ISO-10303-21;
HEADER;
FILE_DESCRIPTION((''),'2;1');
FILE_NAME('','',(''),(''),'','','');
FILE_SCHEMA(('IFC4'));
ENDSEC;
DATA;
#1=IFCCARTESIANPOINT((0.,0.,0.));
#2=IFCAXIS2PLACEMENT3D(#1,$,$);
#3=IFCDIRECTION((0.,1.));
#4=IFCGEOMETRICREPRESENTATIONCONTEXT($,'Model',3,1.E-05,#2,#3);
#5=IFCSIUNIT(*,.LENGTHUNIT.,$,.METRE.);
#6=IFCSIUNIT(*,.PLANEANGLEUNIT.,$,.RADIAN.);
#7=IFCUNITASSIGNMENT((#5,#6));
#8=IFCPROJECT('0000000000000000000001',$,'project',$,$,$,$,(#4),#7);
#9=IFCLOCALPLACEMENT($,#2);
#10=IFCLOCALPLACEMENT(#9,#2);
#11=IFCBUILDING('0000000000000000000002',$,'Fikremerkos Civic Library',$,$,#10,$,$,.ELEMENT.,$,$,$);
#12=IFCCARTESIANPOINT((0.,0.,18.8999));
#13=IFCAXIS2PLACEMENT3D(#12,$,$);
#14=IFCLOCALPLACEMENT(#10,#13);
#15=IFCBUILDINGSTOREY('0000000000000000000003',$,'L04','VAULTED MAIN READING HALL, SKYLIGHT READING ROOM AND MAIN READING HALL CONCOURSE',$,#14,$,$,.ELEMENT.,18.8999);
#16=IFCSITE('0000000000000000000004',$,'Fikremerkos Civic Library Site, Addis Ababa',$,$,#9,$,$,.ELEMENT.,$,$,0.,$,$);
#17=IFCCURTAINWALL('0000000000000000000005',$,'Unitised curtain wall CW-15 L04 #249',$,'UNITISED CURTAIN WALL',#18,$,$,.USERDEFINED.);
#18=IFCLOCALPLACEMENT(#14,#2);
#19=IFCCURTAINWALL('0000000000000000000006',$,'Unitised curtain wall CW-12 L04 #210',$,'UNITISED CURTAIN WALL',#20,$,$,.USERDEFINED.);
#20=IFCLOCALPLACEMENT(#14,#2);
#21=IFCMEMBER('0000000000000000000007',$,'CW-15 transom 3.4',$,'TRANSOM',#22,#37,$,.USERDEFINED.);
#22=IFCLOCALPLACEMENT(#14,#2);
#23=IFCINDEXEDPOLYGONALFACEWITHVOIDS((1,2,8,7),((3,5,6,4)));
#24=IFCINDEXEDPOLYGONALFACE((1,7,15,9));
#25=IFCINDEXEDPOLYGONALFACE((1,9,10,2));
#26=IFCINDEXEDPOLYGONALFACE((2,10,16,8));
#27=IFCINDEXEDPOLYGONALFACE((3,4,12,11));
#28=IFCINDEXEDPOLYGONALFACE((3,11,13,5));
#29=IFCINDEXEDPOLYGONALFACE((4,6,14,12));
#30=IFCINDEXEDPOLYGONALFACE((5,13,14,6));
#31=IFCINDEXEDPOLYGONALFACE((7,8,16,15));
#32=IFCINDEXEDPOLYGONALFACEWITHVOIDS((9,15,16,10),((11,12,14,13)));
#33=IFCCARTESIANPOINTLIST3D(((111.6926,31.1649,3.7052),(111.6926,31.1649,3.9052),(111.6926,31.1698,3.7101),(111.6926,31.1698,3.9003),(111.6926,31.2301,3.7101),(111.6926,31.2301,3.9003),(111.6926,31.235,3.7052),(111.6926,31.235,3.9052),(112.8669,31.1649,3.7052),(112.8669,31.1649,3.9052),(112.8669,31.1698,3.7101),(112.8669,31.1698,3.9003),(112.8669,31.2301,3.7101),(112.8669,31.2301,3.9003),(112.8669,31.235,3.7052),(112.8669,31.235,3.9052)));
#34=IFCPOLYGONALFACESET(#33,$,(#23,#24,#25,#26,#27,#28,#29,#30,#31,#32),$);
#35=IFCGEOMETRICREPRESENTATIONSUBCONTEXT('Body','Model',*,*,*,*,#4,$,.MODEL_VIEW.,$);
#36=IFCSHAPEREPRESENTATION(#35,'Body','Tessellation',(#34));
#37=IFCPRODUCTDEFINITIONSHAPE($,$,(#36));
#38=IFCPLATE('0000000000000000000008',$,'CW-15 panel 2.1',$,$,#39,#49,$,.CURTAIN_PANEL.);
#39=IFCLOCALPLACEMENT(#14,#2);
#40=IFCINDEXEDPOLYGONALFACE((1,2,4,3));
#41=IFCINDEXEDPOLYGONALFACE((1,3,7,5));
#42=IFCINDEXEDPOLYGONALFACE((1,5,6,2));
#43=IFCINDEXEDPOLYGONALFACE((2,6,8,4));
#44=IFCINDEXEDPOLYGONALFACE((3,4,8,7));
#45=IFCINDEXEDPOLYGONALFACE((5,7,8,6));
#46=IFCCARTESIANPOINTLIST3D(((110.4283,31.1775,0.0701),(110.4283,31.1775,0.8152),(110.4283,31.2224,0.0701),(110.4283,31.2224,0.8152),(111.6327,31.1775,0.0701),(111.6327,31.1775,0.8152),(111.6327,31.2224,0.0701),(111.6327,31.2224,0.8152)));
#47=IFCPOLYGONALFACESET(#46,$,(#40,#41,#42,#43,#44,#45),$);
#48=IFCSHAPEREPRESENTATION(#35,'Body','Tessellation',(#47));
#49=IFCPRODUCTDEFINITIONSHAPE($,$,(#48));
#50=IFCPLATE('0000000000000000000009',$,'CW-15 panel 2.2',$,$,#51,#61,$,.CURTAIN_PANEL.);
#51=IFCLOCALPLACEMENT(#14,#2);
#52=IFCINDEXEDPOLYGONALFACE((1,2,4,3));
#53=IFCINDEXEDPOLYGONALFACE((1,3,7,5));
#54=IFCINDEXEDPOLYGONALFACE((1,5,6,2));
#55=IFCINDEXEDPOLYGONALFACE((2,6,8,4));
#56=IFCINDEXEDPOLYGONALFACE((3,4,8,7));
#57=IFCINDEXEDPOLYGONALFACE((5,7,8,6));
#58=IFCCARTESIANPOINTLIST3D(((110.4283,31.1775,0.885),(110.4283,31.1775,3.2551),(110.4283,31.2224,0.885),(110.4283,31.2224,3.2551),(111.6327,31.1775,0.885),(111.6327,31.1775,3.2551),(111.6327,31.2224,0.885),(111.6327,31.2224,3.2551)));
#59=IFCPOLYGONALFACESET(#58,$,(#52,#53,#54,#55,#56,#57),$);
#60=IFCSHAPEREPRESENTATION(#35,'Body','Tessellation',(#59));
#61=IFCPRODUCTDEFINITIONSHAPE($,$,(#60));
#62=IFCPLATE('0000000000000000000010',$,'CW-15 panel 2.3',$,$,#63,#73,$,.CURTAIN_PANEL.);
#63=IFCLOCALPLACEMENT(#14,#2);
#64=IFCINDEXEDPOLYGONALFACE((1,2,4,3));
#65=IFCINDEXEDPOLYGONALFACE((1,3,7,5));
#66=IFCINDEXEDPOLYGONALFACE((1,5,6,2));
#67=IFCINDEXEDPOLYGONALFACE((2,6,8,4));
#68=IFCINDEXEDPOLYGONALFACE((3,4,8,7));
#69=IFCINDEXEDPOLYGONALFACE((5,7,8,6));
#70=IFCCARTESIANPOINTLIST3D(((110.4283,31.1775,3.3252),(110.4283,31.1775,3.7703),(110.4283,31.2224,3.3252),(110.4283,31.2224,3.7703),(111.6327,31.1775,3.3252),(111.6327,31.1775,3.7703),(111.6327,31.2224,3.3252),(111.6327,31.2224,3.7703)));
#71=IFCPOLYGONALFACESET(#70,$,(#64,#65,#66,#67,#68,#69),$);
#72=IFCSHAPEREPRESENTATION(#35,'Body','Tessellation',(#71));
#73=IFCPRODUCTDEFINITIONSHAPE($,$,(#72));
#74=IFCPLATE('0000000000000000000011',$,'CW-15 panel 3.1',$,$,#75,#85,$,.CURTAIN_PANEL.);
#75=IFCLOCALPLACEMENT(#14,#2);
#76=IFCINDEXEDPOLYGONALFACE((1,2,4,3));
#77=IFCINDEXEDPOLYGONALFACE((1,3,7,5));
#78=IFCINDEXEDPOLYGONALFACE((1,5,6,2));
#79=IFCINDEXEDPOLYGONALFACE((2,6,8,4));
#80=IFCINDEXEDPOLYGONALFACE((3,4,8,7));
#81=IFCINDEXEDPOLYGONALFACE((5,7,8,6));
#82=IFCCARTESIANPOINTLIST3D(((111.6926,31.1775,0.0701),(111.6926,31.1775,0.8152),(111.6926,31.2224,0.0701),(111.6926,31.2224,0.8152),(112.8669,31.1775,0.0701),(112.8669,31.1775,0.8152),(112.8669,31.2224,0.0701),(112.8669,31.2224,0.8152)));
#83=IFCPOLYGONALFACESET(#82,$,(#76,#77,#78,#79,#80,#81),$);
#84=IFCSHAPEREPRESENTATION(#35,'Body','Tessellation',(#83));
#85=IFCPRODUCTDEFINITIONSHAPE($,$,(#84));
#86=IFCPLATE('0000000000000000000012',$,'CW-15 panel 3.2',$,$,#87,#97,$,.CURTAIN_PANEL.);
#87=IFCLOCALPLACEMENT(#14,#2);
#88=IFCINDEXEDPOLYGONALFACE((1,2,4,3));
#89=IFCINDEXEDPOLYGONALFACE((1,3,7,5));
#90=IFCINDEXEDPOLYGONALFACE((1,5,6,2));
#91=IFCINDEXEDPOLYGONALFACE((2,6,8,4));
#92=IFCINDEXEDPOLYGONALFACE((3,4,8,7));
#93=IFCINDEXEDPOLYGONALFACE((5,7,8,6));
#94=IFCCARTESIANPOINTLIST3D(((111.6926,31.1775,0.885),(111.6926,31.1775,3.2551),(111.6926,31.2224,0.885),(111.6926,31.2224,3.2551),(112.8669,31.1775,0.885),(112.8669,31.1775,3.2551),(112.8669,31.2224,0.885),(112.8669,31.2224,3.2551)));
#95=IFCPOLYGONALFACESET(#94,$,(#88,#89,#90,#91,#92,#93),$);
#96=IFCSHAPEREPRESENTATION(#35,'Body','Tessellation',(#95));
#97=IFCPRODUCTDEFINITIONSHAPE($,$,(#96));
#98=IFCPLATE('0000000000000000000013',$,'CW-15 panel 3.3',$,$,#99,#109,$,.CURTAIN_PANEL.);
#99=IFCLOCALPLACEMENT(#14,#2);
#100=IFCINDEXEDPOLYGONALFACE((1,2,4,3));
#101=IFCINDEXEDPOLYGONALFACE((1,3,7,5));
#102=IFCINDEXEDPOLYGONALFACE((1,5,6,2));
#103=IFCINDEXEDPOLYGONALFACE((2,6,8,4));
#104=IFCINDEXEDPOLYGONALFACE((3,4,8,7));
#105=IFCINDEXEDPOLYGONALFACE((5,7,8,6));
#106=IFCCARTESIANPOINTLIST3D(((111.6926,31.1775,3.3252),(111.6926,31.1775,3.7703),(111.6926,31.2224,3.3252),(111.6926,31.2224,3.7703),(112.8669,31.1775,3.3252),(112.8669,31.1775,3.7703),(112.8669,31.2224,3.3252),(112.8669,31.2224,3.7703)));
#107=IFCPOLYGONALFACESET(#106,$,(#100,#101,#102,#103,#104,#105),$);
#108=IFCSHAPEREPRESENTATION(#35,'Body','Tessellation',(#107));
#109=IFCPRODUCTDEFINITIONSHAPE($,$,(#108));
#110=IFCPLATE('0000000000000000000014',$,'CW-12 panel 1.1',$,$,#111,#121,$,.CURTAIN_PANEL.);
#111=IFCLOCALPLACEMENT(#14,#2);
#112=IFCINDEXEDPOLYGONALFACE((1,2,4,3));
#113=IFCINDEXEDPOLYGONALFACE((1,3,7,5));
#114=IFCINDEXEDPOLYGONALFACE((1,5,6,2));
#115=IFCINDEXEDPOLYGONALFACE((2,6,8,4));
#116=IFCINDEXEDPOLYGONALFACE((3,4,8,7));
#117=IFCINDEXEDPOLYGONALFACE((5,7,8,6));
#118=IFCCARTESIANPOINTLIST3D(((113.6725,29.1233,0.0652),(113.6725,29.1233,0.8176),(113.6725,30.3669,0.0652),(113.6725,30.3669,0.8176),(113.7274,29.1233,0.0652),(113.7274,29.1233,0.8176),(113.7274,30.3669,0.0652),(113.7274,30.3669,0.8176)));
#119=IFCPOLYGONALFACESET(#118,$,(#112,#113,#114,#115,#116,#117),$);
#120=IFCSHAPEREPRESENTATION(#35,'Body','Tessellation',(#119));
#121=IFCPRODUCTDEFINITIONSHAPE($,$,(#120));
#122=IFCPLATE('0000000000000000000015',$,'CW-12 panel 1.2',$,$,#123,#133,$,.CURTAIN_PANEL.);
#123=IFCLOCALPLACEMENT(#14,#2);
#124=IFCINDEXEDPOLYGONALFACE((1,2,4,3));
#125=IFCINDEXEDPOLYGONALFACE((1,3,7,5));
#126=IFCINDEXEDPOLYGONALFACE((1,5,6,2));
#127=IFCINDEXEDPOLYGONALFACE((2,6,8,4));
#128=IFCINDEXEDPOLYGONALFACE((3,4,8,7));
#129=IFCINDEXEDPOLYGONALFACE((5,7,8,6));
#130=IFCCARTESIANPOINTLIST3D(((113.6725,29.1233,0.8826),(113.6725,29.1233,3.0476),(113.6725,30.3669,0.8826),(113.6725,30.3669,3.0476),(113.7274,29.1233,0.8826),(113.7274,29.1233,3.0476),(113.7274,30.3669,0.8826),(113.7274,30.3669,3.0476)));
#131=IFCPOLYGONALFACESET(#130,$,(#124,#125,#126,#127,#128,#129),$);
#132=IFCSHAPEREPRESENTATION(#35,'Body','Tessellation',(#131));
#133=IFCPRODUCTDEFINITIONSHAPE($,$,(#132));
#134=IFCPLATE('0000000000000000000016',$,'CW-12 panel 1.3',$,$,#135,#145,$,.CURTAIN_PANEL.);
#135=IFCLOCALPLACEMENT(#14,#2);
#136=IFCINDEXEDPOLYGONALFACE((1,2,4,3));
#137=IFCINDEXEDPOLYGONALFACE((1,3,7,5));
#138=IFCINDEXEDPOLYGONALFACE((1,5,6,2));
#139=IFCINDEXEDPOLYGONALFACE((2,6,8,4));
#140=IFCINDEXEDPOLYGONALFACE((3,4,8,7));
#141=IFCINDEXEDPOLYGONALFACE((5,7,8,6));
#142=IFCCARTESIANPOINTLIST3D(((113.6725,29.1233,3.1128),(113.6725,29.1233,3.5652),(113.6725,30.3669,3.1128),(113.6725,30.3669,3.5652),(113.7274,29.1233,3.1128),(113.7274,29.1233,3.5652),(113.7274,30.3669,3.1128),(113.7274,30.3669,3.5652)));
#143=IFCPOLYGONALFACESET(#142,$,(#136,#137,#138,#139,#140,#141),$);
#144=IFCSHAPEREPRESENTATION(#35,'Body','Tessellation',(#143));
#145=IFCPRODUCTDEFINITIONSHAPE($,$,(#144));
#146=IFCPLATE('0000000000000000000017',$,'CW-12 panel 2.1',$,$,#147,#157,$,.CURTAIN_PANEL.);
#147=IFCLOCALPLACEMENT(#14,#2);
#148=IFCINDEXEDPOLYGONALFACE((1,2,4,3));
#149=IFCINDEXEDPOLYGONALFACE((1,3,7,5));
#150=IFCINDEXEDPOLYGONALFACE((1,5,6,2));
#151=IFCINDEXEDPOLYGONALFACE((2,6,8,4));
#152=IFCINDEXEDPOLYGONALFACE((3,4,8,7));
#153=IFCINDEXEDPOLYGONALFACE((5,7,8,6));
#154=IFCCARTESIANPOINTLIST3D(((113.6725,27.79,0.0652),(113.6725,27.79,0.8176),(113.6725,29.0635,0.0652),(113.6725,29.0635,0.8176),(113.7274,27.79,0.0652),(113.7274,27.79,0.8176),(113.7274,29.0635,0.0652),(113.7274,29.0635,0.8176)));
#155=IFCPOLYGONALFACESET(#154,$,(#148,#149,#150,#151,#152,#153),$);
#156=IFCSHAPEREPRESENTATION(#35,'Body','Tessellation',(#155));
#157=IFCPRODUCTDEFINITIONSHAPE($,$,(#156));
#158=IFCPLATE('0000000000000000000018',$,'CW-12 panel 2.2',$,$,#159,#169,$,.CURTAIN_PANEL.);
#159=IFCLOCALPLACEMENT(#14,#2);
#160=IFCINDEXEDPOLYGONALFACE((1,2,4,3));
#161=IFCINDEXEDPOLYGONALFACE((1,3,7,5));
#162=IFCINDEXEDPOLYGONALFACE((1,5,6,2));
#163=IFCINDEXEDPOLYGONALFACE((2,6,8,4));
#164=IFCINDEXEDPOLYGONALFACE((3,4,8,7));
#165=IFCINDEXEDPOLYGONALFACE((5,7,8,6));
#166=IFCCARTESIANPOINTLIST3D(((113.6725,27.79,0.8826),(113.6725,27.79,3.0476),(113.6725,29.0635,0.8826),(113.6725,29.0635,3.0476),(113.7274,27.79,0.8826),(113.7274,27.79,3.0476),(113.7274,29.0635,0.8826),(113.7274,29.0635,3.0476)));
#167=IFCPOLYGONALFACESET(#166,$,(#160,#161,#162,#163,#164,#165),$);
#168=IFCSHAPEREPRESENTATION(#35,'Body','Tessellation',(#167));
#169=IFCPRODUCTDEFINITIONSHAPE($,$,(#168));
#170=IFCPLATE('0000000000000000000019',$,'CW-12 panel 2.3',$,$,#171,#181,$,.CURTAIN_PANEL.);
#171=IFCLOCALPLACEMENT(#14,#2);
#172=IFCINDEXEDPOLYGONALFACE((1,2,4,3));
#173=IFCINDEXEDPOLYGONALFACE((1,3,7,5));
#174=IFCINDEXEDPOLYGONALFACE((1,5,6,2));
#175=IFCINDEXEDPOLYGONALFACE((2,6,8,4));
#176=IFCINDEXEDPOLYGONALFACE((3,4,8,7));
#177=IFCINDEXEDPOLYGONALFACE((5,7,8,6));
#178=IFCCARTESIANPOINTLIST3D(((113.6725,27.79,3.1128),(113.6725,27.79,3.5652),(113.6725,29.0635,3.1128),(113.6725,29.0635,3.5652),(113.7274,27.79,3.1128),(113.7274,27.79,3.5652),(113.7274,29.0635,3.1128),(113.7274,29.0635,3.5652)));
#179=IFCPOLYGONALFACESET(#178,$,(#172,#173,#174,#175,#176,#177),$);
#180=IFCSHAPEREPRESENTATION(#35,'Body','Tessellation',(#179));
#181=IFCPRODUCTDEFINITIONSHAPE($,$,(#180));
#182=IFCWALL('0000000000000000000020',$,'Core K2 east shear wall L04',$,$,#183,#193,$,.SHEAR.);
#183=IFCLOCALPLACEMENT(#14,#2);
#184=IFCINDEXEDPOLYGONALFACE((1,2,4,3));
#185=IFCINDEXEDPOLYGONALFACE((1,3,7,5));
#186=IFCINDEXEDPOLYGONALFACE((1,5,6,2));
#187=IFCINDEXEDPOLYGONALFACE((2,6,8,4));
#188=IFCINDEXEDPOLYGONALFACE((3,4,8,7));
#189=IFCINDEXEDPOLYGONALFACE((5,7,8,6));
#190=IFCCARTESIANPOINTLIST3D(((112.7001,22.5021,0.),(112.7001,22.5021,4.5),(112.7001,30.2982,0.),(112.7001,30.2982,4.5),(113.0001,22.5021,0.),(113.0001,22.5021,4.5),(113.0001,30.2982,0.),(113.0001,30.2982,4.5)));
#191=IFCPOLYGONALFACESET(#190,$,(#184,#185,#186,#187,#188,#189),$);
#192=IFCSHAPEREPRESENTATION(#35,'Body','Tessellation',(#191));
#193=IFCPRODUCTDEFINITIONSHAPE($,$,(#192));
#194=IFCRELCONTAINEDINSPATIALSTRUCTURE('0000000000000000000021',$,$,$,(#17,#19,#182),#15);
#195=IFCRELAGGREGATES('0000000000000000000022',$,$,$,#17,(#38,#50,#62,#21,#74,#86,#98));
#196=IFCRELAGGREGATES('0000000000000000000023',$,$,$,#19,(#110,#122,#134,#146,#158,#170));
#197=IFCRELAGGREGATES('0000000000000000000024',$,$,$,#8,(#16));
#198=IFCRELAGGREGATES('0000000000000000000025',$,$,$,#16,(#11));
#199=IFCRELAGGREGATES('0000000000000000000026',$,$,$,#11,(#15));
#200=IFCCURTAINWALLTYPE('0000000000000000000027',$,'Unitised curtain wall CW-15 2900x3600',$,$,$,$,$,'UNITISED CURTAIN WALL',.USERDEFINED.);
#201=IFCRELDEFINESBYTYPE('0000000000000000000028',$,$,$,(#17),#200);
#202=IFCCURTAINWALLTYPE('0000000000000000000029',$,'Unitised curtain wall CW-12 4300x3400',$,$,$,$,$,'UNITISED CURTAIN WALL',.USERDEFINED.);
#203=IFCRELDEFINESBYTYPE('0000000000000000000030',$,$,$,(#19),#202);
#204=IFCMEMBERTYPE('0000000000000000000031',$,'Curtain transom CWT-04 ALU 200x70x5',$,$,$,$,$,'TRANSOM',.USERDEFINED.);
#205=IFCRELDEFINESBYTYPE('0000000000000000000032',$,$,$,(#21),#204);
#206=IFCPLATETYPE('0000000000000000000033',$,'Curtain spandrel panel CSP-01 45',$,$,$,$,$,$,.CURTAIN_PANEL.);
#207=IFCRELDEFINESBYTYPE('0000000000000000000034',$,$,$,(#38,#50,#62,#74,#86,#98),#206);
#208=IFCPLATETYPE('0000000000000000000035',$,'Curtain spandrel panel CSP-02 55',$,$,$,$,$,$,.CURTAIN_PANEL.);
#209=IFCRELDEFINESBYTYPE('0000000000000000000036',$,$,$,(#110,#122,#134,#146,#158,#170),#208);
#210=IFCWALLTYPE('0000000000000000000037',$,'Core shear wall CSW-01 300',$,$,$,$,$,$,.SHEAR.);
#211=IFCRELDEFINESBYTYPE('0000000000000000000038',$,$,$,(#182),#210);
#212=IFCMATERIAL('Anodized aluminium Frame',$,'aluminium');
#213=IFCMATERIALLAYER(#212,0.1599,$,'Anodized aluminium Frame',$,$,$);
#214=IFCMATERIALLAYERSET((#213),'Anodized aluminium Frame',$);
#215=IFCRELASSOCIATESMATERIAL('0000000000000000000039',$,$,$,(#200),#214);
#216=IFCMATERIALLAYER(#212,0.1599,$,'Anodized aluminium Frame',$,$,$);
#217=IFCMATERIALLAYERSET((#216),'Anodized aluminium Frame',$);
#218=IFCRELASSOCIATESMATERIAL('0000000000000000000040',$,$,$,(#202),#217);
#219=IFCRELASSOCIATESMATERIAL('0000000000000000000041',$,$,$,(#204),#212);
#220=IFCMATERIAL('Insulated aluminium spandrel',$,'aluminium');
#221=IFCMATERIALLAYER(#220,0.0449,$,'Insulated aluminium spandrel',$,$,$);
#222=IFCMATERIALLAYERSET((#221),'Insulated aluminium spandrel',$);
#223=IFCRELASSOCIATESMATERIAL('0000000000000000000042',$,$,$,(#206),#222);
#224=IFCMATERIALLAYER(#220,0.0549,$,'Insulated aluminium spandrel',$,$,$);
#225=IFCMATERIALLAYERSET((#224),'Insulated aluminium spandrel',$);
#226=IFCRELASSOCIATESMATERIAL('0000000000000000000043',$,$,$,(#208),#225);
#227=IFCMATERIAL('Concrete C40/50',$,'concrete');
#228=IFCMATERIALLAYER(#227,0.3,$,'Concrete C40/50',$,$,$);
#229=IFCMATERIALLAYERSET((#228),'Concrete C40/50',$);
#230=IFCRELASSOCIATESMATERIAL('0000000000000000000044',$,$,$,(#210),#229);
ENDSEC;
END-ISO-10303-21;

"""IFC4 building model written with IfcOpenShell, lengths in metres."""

from ifc_helpers import new_model, si_unit, direction, frame, frame_2d, origin, origin_2d, place, context, subcontext, project, spatial, rectangle, hollow_rectangle, extrude, material, layer, layer_set, material_profile, profile_set, type_object, element, aggregate, save


model = new_model("IFC4")

# Units and contexts
model_context = context("Model", 3, precision=1e-05, world=origin(), true_north=direction((0.0, 1.0)))
body_context = subcontext(model_context, "Body", "Model", "MODEL_VIEW")
ifc_project = project(units=[si_unit("LENGTHUNIT", "METRE"), si_unit("PLANEANGLEUNIT", "RADIAN")], contexts=[model_context])

# Site, building, storey
site_placement = place(None, origin())
site = spatial("IfcSite", under=ifc_project, at=site_placement, Name="Fikremerkos Civic Library Site, Addis Ababa", CompositionType="ELEMENT", RefElevation=0.0)
building_placement = place(site_placement, origin())
building = spatial("IfcBuilding", under=site, at=building_placement, Name="Fikremerkos Civic Library", CompositionType="ELEMENT")
storey_placement = place(building_placement, frame((0.0, 0.0, 18.8999)))
storey = spatial("IfcBuildingStorey", under=building, at=storey_placement, Name="L04", Description="VAULTED MAIN READING HALL, SKYLIGHT READING ROOM AND MAIN READING HALL CONCOURSE", CompositionType="ELEMENT", Elevation=18.8999)

# Shared definitions
ifc_material_1 = material(Name="Concrete C40/50", Category="concrete")

# Curtain walls
ifc_material_2 = material(Name="Anodized aluminium Frame", Category="aluminium")
ifc_layer_1 = layer(ifc_material_2, 0.1599, Name="Anodized aluminium Frame")
ifc_layer_set_1 = layer_set([ifc_layer_1], Name="Anodized aluminium Frame")
curtain_wall_type_1 = type_object("IfcCurtainWallType", Name="Unitised curtain wall CW-15 2900x3600", ElementType="UNITISED CURTAIN WALL", PredefinedType="USERDEFINED", material=ifc_layer_set_1)
curtain_wall_1_placement = place(storey_placement, origin())
curtain_wall_1 = element("IfcCurtainWall", 1, at=curtain_wall_1_placement, inside=storey, type_object=curtain_wall_type_1, Name="Unitised curtain wall CW-15 L04 #249", ObjectType="UNITISED CURTAIN WALL", PredefinedType="USERDEFINED")
ifc_layer_2 = layer(ifc_material_2, 0.1599, Name="Anodized aluminium Frame")
ifc_layer_set_2 = layer_set([ifc_layer_2], Name="Anodized aluminium Frame")
curtain_wall_type_2 = type_object("IfcCurtainWallType", Name="Unitised curtain wall CW-12 4300x3400", ElementType="UNITISED CURTAIN WALL", PredefinedType="USERDEFINED", material=ifc_layer_set_2)
curtain_wall_2_placement = place(storey_placement, origin())
curtain_wall_2 = element("IfcCurtainWall", 2, at=curtain_wall_2_placement, inside=storey, type_object=curtain_wall_type_2, Name="Unitised curtain wall CW-12 L04 #210", ObjectType="UNITISED CURTAIN WALL", PredefinedType="USERDEFINED")

# Member
ifc_material_profile_1 = material_profile(ifc_material_2, hollow_rectangle(XDim=0.0701, YDim=0.2, WallThickness=0.0049, at=origin_2d()), Name="ALU 200x70x5")
ifc_profile_set_1 = profile_set([ifc_material_profile_1], Name="Anodized aluminium Frame")
member_type_1 = type_object("IfcMemberType", Name="Curtain transom CWT-04 ALU 200x70x5", ElementType="TRANSOM", PredefinedType="USERDEFINED", material=ifc_profile_set_1)
member_1_placement = place(storey_placement, frame((111.6926, 31.2, 3.8052), z_axis=(1.0, 0.0, 0.0), x_axis=(0.0, 1.0, 0.0)))
member_1 = element("IfcMember", 3, at=member_1_placement, type_object=member_type_1, Name="CW-15 transom 3.4", ObjectType="TRANSOM", PredefinedType="USERDEFINED", context=body_context, shape_type="SweptSolid", body=[
    extrude(hollow_rectangle(XDim=0.0701, YDim=0.2, WallThickness=0.0049, at=origin_2d()), origin(), (0.0, 0.0, 1.0), 1.1743),
])

# Plates
ifc_material_3 = material(Name="Insulated aluminium spandrel", Category="aluminium")
ifc_layer_3 = layer(ifc_material_3, 0.0449, Name="Insulated aluminium spandrel")
ifc_layer_set_3 = layer_set([ifc_layer_3], Name="Insulated aluminium spandrel")
plate_type_1 = type_object("IfcPlateType", Name="Curtain spandrel panel CSP-01 45", PredefinedType="CURTAIN_PANEL", material=ifc_layer_set_3)
plate_1_placement = place(storey_placement, frame((111.0305, 31.2, 0.0701), z_axis=(0.0, 0.0, 1.0), x_axis=(1.0, 0.0, 0.0)))
plate_1 = element("IfcPlate", 4, at=plate_1_placement, type_object=plate_type_1, Name="CW-15 panel 2.1", PredefinedType="CURTAIN_PANEL", context=body_context, shape_type="SweptSolid", body=[
    extrude(rectangle(XDim=1.2043, YDim=0.0449, at=origin_2d()), origin(), (0.0, 0.0, 1.0), 0.7451),
])
plate_2_placement = place(storey_placement, frame((111.0305, 31.2, 0.885), z_axis=(0.0, 0.0, 1.0), x_axis=(1.0, 0.0, 0.0)))
plate_2 = element("IfcPlate", 5, at=plate_2_placement, type_object=plate_type_1, Name="CW-15 panel 2.2", PredefinedType="CURTAIN_PANEL", context=body_context, shape_type="SweptSolid", body=[
    extrude(rectangle(XDim=1.2043, YDim=0.0449, at=origin_2d()), origin(), (0.0, 0.0, 1.0), 2.3701),
])
plate_3_placement = place(storey_placement, frame((111.0305, 31.2, 3.3252), z_axis=(0.0, 0.0, 1.0), x_axis=(1.0, 0.0, 0.0)))
plate_3 = element("IfcPlate", 6, at=plate_3_placement, type_object=plate_type_1, Name="CW-15 panel 2.3", PredefinedType="CURTAIN_PANEL", context=body_context, shape_type="SweptSolid", body=[
    extrude(rectangle(XDim=1.2043, YDim=0.0449, at=origin_2d()), origin(), (0.0, 0.0, 1.0), 0.4451),
])
plate_4_placement = place(storey_placement, frame((112.2798, 31.2, 0.0701), z_axis=(0.0, 0.0, 1.0), x_axis=(1.0, 0.0, 0.0)))
plate_4 = element("IfcPlate", 7, at=plate_4_placement, type_object=plate_type_1, Name="CW-15 panel 3.1", PredefinedType="CURTAIN_PANEL", context=body_context, shape_type="SweptSolid", body=[
    extrude(rectangle(XDim=1.1743, YDim=0.0449, at=origin_2d()), origin(), (0.0, 0.0, 1.0), 0.7451),
])
plate_5_placement = place(storey_placement, frame((112.2798, 31.2, 0.885), z_axis=(0.0, 0.0, 1.0), x_axis=(1.0, 0.0, 0.0)))
plate_5 = element("IfcPlate", 8, at=plate_5_placement, type_object=plate_type_1, Name="CW-15 panel 3.2", PredefinedType="CURTAIN_PANEL", context=body_context, shape_type="SweptSolid", body=[
    extrude(rectangle(XDim=1.1743, YDim=0.0449, at=origin_2d()), origin(), (0.0, 0.0, 1.0), 2.3701),
])
plate_6_placement = place(storey_placement, frame((112.2798, 31.2, 3.3252), z_axis=(0.0, 0.0, 1.0), x_axis=(1.0, 0.0, 0.0)))
plate_6 = element("IfcPlate", 9, at=plate_6_placement, type_object=plate_type_1, Name="CW-15 panel 3.3", PredefinedType="CURTAIN_PANEL", context=body_context, shape_type="SweptSolid", body=[
    extrude(rectangle(XDim=1.1743, YDim=0.0449, at=origin_2d()), origin(), (0.0, 0.0, 1.0), 0.4451),
])
aggregate(curtain_wall_1, [plate_1, plate_2, plate_3, member_1, plate_4, plate_5, plate_6])
ifc_layer_4 = layer(ifc_material_3, 0.0549, Name="Insulated aluminium spandrel")
ifc_layer_set_4 = layer_set([ifc_layer_4], Name="Insulated aluminium spandrel")
plate_type_2 = type_object("IfcPlateType", Name="Curtain spandrel panel CSP-02 55", PredefinedType="CURTAIN_PANEL", material=ifc_layer_set_4)
plate_7_placement = place(storey_placement, frame((113.7, 29.7451, 0.0652), z_axis=(0.0, 0.0, 1.0), x_axis=(0.0, -1.0, 0.0)))
plate_7 = element("IfcPlate", 10, at=plate_7_placement, type_object=plate_type_2, Name="CW-12 panel 1.1", PredefinedType="CURTAIN_PANEL", context=body_context, shape_type="SweptSolid", body=[
    extrude(rectangle(XDim=1.2437, YDim=0.0549, at=origin_2d()), origin(), (0.0, 0.0, 1.0), 0.7524),
])
plate_8_placement = place(storey_placement, frame((113.7, 29.7451, 0.8826), z_axis=(0.0, 0.0, 1.0), x_axis=(0.0, -1.0, 0.0)))
plate_8 = element("IfcPlate", 11, at=plate_8_placement, type_object=plate_type_2, Name="CW-12 panel 1.2", PredefinedType="CURTAIN_PANEL", context=body_context, shape_type="SweptSolid", body=[
    extrude(rectangle(XDim=1.2437, YDim=0.0549, at=origin_2d()), origin(), (0.0, 0.0, 1.0), 2.165),
])
plate_9_placement = place(storey_placement, frame((113.7, 29.7451, 3.1128), z_axis=(0.0, 0.0, 1.0), x_axis=(0.0, -1.0, 0.0)))
plate_9 = element("IfcPlate", 12, at=plate_9_placement, type_object=plate_type_2, Name="CW-12 panel 1.3", PredefinedType="CURTAIN_PANEL", context=body_context, shape_type="SweptSolid", body=[
    extrude(rectangle(XDim=1.2437, YDim=0.0549, at=origin_2d()), origin(), (0.0, 0.0, 1.0), 0.4524),
])
plate_10_placement = place(storey_placement, frame((113.7, 28.4268, 0.0652), z_axis=(0.0, 0.0, 1.0), x_axis=(0.0, -1.0, 0.0)))
plate_10 = element("IfcPlate", 13, at=plate_10_placement, type_object=plate_type_2, Name="CW-12 panel 2.1", PredefinedType="CURTAIN_PANEL", context=body_context, shape_type="SweptSolid", body=[
    extrude(rectangle(XDim=1.2734, YDim=0.0549, at=origin_2d()), origin(), (0.0, 0.0, 1.0), 0.7524),
])
plate_11_placement = place(storey_placement, frame((113.7, 28.4268, 0.8826), z_axis=(0.0, 0.0, 1.0), x_axis=(0.0, -1.0, 0.0)))
plate_11 = element("IfcPlate", 14, at=plate_11_placement, type_object=plate_type_2, Name="CW-12 panel 2.2", PredefinedType="CURTAIN_PANEL", context=body_context, shape_type="SweptSolid", body=[
    extrude(rectangle(XDim=1.2734, YDim=0.0549, at=origin_2d()), origin(), (0.0, 0.0, 1.0), 2.165),
])
plate_12_placement = place(storey_placement, frame((113.7, 28.4268, 3.1128), z_axis=(0.0, 0.0, 1.0), x_axis=(0.0, -1.0, 0.0)))
plate_12 = element("IfcPlate", 15, at=plate_12_placement, type_object=plate_type_2, Name="CW-12 panel 2.3", PredefinedType="CURTAIN_PANEL", context=body_context, shape_type="SweptSolid", body=[
    extrude(rectangle(XDim=1.2734, YDim=0.0549, at=origin_2d()), origin(), (0.0, 0.0, 1.0), 0.4524),
])
aggregate(curtain_wall_2, [plate_7, plate_8, plate_9, plate_10, plate_11, plate_12])

# Wall
ifc_layer_5 = layer(ifc_material_1, 0.3, Name="Concrete C40/50")
ifc_layer_set_5 = layer_set([ifc_layer_5], Name="Concrete C40/50")
wall_type_1 = type_object("IfcWallType", Name="Core shear wall CSW-01 300", PredefinedType="SHEAR", material=ifc_layer_set_5)
wall_1_placement = place(storey_placement, frame((112.8501, 30.2981, 0.0), z_axis=(0.0, 0.0, 1.0), x_axis=(0.0, -1.0, 0.0)))
element("IfcWall", 16, at=wall_1_placement, inside=storey, type_object=wall_type_1, Name="Core K2 east shear wall L04", PredefinedType="SHEAR", context=body_context, shape_type="SweptSolid", body=[
    extrude(rectangle(XDim=7.7961, YDim=0.3, at=frame_2d((3.8979, 0.0))), origin(), (0.0, 0.0, 1.0), 4.5),
])

save(model, "model.ifc")
